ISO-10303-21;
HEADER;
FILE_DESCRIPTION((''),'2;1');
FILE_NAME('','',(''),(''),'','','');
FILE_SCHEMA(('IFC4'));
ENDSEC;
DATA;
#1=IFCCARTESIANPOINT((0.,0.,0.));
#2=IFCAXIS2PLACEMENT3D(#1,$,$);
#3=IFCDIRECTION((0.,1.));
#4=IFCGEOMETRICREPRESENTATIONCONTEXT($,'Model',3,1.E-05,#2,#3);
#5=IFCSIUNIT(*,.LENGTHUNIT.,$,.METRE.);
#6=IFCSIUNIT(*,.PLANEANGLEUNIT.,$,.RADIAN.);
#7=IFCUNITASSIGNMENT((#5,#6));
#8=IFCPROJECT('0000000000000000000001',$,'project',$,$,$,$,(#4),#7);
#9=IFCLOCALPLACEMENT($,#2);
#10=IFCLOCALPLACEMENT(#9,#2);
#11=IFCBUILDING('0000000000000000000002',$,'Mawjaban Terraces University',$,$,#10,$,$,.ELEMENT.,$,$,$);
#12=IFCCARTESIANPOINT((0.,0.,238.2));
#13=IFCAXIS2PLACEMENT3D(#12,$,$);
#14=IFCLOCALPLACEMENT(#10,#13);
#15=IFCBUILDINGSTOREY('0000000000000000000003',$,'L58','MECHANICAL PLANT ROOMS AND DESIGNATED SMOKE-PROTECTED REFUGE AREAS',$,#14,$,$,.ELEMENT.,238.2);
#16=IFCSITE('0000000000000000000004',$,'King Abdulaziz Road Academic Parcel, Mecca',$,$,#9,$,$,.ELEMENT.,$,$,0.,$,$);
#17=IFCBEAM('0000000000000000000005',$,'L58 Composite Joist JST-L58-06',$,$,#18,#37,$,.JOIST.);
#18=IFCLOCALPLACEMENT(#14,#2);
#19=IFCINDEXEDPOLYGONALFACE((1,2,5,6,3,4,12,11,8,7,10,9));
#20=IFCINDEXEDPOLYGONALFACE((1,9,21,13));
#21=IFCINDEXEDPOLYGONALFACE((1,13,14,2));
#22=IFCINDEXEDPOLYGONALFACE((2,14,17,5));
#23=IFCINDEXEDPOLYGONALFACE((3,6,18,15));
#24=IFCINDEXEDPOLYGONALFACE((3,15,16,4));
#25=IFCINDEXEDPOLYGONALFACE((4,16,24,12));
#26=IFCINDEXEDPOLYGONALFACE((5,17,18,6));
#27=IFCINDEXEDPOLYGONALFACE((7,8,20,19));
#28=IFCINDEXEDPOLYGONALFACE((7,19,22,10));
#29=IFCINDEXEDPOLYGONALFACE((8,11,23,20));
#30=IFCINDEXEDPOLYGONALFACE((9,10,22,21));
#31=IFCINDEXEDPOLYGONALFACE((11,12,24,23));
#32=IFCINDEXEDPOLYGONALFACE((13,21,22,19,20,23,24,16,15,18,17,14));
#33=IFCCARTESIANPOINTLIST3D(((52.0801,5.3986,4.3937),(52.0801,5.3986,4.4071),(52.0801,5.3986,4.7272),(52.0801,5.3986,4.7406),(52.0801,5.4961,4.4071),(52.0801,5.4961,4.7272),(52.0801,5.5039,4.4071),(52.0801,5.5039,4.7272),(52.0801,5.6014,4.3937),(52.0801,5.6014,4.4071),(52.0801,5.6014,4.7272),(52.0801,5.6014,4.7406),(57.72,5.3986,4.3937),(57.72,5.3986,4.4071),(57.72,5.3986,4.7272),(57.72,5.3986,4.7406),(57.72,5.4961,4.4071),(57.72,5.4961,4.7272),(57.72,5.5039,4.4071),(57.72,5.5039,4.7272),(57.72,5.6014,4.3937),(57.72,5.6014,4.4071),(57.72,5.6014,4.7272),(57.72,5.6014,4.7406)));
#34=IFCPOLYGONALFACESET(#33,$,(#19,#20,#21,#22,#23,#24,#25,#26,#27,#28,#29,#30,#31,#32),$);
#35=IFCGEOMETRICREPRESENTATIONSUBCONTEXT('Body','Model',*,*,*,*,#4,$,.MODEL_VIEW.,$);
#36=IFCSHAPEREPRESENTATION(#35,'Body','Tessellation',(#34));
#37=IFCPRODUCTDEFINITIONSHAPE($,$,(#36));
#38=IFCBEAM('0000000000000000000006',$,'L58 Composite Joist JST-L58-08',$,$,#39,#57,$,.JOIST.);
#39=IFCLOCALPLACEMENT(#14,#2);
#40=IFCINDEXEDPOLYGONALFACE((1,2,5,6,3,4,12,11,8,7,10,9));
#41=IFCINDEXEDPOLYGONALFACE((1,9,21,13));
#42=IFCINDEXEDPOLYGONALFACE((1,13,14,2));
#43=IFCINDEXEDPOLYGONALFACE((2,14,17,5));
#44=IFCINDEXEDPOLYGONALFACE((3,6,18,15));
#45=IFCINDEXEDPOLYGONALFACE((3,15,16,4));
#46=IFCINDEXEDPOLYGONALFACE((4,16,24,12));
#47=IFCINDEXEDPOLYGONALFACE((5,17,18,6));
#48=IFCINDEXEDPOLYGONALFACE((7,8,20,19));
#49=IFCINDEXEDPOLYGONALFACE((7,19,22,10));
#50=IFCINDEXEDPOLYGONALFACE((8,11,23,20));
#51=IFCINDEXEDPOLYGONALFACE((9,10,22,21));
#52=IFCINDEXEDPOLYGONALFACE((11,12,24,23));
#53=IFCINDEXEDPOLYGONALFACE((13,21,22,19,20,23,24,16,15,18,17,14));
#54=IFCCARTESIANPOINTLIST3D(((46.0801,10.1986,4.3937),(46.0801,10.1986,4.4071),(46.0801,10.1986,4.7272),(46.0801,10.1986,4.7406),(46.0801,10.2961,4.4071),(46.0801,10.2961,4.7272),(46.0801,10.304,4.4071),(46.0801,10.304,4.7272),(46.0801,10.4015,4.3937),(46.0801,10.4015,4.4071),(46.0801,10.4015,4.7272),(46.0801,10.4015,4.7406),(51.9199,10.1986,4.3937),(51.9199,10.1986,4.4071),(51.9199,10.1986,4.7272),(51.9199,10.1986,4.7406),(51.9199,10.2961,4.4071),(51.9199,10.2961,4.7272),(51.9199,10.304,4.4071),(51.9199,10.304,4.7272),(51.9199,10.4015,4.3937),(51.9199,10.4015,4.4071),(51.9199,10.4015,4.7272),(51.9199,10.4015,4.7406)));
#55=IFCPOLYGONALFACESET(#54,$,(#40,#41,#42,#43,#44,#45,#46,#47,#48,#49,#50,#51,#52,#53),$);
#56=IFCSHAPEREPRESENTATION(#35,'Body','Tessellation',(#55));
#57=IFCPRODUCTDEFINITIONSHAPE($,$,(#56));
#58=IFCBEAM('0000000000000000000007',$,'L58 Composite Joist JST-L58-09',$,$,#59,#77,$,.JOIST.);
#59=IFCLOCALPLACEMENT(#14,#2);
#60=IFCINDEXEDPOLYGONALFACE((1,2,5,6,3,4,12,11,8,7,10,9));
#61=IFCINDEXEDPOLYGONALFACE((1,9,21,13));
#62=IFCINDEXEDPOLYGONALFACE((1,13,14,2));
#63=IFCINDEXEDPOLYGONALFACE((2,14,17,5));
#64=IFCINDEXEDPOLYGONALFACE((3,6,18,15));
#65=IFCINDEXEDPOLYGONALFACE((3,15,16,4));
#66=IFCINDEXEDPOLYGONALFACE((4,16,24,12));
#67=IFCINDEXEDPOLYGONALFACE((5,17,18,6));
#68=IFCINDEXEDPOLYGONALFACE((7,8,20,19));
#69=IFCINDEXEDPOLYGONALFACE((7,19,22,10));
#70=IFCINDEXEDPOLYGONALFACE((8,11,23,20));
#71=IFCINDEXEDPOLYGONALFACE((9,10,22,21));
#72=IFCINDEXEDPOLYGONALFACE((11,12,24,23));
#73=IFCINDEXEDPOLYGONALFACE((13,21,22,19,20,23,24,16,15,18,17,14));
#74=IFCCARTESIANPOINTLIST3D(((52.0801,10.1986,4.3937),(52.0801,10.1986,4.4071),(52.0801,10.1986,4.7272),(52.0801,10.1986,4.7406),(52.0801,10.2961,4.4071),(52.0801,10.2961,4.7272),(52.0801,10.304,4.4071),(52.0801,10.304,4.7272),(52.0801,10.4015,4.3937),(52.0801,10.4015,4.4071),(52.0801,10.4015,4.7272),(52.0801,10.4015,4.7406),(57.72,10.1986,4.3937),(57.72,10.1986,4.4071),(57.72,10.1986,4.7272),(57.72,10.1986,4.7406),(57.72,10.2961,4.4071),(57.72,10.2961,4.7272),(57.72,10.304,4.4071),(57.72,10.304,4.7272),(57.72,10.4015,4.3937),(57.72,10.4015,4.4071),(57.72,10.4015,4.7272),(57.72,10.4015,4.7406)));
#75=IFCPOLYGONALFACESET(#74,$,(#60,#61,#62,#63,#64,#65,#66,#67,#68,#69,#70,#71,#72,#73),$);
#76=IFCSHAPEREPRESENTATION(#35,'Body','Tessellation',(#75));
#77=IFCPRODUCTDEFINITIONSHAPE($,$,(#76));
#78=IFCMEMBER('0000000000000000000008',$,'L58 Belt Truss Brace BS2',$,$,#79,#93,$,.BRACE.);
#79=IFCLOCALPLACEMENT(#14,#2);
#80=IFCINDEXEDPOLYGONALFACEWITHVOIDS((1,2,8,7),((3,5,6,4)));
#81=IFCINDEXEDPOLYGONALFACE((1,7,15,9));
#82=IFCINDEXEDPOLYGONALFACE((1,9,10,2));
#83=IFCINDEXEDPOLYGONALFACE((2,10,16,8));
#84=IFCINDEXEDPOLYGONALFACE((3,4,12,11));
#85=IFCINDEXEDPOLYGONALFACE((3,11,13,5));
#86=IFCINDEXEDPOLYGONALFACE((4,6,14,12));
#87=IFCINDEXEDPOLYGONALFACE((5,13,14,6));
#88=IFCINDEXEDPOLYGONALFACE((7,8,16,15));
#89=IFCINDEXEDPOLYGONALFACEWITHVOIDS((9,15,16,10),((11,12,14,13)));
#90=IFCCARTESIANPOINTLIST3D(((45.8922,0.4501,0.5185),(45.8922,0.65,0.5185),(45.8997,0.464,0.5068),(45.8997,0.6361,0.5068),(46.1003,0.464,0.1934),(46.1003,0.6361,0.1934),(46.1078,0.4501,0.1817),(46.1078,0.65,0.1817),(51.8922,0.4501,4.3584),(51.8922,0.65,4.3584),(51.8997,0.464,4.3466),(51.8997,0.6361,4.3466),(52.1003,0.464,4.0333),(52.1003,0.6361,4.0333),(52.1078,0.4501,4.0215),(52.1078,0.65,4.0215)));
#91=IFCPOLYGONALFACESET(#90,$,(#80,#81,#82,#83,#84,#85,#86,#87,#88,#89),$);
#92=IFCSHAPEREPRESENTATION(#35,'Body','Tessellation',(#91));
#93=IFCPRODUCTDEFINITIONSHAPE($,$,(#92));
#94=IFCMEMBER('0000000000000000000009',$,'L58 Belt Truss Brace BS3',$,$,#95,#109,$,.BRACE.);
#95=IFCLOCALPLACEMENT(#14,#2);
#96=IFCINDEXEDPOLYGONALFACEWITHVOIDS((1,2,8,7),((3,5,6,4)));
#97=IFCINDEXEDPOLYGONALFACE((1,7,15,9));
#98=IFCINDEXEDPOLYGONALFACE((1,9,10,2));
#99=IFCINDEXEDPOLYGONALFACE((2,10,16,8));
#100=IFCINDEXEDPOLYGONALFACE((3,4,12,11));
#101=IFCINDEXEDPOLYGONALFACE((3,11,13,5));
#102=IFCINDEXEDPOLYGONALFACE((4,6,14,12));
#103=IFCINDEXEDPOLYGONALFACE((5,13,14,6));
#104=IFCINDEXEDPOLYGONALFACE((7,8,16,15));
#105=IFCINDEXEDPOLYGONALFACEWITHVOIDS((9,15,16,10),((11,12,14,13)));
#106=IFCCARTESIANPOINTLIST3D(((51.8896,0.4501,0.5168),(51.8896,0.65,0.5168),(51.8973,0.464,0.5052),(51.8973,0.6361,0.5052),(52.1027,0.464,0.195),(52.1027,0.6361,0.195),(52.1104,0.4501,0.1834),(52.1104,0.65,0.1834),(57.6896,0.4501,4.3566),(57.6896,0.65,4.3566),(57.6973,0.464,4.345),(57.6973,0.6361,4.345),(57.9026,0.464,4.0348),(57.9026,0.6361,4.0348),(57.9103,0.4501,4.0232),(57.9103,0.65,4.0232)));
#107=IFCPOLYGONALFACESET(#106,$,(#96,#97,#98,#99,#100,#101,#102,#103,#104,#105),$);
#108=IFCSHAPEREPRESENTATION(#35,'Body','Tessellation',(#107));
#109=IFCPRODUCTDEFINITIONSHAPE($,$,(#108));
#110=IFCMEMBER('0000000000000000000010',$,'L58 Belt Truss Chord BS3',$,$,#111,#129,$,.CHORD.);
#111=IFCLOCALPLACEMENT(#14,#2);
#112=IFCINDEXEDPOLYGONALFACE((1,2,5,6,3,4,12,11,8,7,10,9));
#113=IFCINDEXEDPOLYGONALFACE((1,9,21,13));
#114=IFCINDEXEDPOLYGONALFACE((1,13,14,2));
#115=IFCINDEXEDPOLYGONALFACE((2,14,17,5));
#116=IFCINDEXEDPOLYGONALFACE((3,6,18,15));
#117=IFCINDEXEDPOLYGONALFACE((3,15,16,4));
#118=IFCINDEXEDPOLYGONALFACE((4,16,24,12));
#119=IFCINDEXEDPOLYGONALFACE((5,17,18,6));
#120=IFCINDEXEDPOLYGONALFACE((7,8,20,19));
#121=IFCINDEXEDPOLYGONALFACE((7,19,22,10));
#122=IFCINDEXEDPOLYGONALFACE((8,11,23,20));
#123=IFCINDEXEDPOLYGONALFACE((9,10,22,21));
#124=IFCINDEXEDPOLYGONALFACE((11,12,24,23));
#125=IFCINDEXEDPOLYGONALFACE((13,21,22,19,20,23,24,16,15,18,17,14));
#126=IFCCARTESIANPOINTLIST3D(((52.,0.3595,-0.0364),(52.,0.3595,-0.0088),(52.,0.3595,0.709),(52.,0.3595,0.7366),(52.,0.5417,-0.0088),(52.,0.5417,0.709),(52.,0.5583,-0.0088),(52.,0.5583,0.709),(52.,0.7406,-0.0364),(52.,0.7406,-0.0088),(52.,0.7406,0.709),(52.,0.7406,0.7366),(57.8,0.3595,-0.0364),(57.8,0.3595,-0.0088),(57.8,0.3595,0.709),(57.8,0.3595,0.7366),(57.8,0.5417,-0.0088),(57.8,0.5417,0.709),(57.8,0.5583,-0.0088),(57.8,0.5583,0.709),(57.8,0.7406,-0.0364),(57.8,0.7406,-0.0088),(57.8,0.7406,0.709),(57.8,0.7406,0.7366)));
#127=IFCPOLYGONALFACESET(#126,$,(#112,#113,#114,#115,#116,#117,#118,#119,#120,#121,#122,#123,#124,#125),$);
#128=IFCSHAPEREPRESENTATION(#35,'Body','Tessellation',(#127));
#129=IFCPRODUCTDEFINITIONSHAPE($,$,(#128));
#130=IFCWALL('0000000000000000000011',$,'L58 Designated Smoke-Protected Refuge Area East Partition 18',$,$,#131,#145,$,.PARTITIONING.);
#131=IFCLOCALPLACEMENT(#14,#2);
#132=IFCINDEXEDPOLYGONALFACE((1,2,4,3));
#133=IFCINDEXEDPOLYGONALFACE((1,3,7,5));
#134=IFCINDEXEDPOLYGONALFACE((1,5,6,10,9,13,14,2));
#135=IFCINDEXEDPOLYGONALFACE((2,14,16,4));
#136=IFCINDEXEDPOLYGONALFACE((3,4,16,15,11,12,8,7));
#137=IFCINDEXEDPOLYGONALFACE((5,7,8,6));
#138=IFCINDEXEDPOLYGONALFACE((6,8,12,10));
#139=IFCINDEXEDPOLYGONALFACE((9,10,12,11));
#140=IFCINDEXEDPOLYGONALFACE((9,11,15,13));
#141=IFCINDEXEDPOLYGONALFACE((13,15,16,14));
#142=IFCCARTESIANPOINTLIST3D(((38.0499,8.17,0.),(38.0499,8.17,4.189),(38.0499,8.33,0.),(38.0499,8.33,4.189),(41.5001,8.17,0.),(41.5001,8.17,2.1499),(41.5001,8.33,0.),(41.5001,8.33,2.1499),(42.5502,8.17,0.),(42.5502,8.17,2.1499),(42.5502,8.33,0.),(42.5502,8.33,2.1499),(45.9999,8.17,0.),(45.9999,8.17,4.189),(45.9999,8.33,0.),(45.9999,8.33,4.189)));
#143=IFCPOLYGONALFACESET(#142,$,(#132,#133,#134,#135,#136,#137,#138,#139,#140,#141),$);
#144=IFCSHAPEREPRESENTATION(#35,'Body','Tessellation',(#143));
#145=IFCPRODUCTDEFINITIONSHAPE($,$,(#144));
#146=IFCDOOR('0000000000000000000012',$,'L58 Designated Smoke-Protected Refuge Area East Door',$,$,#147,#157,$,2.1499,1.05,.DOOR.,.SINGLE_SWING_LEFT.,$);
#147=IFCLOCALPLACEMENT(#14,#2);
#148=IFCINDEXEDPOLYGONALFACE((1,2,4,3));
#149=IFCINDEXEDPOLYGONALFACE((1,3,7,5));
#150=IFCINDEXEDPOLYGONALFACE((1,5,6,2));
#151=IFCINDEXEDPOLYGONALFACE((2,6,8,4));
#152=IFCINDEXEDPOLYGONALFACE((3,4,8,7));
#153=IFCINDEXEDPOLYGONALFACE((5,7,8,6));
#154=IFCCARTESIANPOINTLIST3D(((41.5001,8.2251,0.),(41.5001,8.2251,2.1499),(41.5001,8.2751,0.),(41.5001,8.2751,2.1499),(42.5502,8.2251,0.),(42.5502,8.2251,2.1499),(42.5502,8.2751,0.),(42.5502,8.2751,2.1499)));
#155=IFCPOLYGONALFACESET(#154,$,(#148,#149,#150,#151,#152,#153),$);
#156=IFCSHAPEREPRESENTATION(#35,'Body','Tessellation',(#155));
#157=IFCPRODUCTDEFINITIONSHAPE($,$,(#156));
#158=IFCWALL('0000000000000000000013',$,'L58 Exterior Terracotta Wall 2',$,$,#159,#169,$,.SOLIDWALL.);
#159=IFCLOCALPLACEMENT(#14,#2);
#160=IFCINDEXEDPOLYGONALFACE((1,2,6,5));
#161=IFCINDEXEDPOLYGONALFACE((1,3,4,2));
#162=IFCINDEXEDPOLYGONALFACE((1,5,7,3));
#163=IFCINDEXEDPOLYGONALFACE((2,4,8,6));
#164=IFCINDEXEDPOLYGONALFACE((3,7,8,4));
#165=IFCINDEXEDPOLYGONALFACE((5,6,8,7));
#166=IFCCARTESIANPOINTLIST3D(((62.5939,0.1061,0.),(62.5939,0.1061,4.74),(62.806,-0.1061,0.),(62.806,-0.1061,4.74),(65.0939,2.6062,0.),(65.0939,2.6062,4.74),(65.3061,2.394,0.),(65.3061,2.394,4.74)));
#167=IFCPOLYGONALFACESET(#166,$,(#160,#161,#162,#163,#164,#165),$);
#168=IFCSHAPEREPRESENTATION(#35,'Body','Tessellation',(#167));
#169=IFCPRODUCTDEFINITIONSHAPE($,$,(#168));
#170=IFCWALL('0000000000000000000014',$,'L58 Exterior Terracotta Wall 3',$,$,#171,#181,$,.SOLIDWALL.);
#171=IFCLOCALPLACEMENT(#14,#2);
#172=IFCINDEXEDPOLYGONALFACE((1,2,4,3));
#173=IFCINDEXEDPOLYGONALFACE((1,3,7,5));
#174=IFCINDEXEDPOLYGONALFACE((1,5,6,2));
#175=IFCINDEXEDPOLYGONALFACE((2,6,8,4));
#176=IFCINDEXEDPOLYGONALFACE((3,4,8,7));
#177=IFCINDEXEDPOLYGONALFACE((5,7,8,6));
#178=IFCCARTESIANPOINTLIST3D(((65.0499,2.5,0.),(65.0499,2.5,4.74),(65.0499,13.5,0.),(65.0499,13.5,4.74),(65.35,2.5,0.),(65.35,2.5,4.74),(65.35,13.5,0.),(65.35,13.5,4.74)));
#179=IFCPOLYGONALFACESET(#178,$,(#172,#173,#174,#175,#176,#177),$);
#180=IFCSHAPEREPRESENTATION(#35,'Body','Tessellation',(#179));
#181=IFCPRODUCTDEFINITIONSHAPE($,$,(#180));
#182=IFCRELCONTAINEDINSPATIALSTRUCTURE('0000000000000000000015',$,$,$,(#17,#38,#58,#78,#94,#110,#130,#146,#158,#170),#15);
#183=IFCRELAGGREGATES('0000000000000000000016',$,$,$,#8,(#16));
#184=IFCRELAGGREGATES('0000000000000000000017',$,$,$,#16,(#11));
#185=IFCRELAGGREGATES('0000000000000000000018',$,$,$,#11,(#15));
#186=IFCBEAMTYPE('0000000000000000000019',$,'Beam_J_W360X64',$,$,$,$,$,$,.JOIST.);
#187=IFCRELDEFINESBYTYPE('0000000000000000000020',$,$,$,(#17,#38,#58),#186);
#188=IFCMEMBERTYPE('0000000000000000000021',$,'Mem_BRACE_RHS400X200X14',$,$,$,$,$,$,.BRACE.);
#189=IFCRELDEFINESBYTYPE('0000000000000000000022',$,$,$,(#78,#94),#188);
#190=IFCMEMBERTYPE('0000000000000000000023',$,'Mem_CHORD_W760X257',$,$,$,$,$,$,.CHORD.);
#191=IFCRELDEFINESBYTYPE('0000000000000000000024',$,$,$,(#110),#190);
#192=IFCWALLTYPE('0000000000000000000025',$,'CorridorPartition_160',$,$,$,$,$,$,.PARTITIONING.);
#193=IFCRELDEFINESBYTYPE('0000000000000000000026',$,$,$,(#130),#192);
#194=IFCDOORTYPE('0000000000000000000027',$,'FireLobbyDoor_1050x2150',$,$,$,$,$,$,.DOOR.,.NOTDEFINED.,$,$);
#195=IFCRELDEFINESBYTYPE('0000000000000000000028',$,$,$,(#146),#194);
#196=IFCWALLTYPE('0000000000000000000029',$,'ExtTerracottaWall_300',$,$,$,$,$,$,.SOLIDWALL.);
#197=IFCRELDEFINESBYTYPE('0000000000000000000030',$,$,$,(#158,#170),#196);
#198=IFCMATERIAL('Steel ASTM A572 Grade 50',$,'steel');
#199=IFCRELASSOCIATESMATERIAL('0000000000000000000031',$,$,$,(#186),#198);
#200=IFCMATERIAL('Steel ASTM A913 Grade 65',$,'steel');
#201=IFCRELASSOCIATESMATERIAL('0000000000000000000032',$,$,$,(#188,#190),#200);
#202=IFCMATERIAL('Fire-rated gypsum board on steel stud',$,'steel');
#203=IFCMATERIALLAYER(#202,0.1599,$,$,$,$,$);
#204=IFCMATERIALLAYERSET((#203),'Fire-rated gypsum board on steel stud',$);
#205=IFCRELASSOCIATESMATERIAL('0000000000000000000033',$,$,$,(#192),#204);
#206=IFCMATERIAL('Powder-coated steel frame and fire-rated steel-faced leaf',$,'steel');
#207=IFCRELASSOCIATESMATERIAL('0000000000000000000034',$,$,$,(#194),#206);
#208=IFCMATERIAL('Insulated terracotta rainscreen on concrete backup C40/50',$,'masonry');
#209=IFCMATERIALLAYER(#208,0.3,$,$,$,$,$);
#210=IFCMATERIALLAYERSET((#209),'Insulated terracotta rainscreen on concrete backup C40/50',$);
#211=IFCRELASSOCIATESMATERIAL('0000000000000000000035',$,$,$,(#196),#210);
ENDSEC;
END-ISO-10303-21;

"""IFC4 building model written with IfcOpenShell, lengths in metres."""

from ifc_helpers import new_model, si_unit, direction, frame, frame_2d, origin, origin_2d, place, context, subcontext, project, spatial, rectangle, hollow_rectangle, i_section, extrude, material, layer, layer_set, material_profile, profile_set, type_object, element, fill, save


model = new_model("IFC4")

# Units and contexts
model_context = context("Model", 3, precision=1e-05, world=origin(), true_north=direction((0.0, 1.0)))
body_context = subcontext(model_context, "Body", "Model", "MODEL_VIEW")
ifc_project = project(units=[si_unit("LENGTHUNIT", "METRE"), si_unit("PLANEANGLEUNIT", "RADIAN")], contexts=[model_context])

# Site, building, storey
site_placement = place(None, origin())
site = spatial("IfcSite", under=ifc_project, at=site_placement, Name="King Abdulaziz Road Academic Parcel, Mecca", CompositionType="ELEMENT", RefElevation=0.0)
building_placement = place(site_placement, origin())
building = spatial("IfcBuilding", under=site, at=building_placement, Name="Mawjaban Terraces University", CompositionType="ELEMENT")
storey_placement = place(building_placement, frame((0.0, 0.0, 238.2)))
storey = spatial("IfcBuildingStorey", under=building, at=storey_placement, Name="L58", Description="MECHANICAL PLANT ROOMS AND DESIGNATED SMOKE-PROTECTED REFUGE AREAS", CompositionType="ELEMENT", Elevation=238.2)

# Beams
ifc_material_1 = material(Name="Steel ASTM A572 Grade 50", Category="steel")
ifc_material_profile_1 = material_profile(ifc_material_1, i_section(OverallWidth=0.2029, OverallDepth=0.3469, WebThickness=0.0078, FlangeThickness=0.0134, at=origin_2d()), Name="W360X64")
ifc_profile_set_1 = profile_set([ifc_material_profile_1], Name="Steel ASTM A572 Grade 50")
beam_type_1 = type_object("IfcBeamType", Name="Beam_J_W360X64", PredefinedType="JOIST", material=ifc_profile_set_1)
beam_1_placement = place(storey_placement, frame((52.0801, 5.5, 4.5671), z_axis=(1.0, 0.0, 0.0), x_axis=(0.0, 1.0, 0.0)))
element("IfcBeam", 1, at=beam_1_placement, inside=storey, type_object=beam_type_1, Name="L58 Composite Joist JST-L58-06", PredefinedType="JOIST", context=body_context, shape_type="SweptSolid", body=[
    extrude(i_section(OverallWidth=0.2029, OverallDepth=0.3469, WebThickness=0.0078, FlangeThickness=0.0134, at=origin_2d()), origin(), (0.0, 0.0, 1.0), 5.6399),
])
beam_2_placement = place(storey_placement, frame((46.0801, 10.3, 4.5671), z_axis=(1.0, 0.0, 0.0), x_axis=(0.0, 1.0, 0.0)))
element("IfcBeam", 2, at=beam_2_placement, inside=storey, type_object=beam_type_1, Name="L58 Composite Joist JST-L58-08", PredefinedType="JOIST", context=body_context, shape_type="SweptSolid", body=[
    extrude(i_section(OverallWidth=0.2029, OverallDepth=0.3469, WebThickness=0.0078, FlangeThickness=0.0134, at=origin_2d()), origin(), (0.0, 0.0, 1.0), 5.8398),
])
beam_3_placement = place(storey_placement, frame((52.0801, 10.3, 4.5671), z_axis=(1.0, 0.0, 0.0), x_axis=(0.0, 1.0, 0.0)))
element("IfcBeam", 3, at=beam_3_placement, inside=storey, type_object=beam_type_1, Name="L58 Composite Joist JST-L58-09", PredefinedType="JOIST", context=body_context, shape_type="SweptSolid", body=[
    extrude(i_section(OverallWidth=0.2029, OverallDepth=0.3469, WebThickness=0.0078, FlangeThickness=0.0134, at=origin_2d()), origin(), (0.0, 0.0, 1.0), 5.6399),
])

# Members
ifc_material_2 = material(Name="Steel ASTM A913 Grade 65", Category="steel")
ifc_material_profile_2 = material_profile(ifc_material_2, hollow_rectangle(XDim=0.2, YDim=0.3999, WallThickness=0.0139, at=origin_2d()), Name="RHS400X200X14")
ifc_profile_set_2 = profile_set([ifc_material_profile_2], Name="Steel ASTM A913 Grade 65")
member_type_1 = type_object("IfcMemberType", Name="Mem_BRACE_RHS400X200X14", PredefinedType="BRACE", material=ifc_profile_set_2)
member_1_placement = place(storey_placement, frame((46.0, 0.55, 0.3501), z_axis=(0.842281, 0.0, 0.539038), x_axis=(0.0, 1.0, 0.0)))
element("IfcMember", 4, at=member_1_placement, inside=storey, type_object=member_type_1, Name="L58 Belt Truss Brace BS2", PredefinedType="BRACE", context=body_context, shape_type="SweptSolid", body=[
    extrude(hollow_rectangle(XDim=0.2, YDim=0.3999, WallThickness=0.0139, at=origin_2d()), origin(), (0.0, 0.0, 1.0), 7.1235),
])
member_2_placement = place(storey_placement, frame((52.0, 0.55, 0.3501), z_axis=(0.833828, 0.0, 0.552024), x_axis=(0.0, 1.0, 0.0)))
element("IfcMember", 5, at=member_2_placement, inside=storey, type_object=member_type_1, Name="L58 Belt Truss Brace BS3", PredefinedType="BRACE", context=body_context, shape_type="SweptSolid", body=[
    extrude(hollow_rectangle(XDim=0.2, YDim=0.3999, WallThickness=0.0139, at=origin_2d()), origin(), (0.0, 0.0, 1.0), 6.9558),
])
ifc_material_profile_3 = material_profile(ifc_material_2, i_section(OverallWidth=0.3811, OverallDepth=0.7729, WebThickness=0.0166, FlangeThickness=0.0276, at=origin_2d()), Name="W760X257")
ifc_profile_set_3 = profile_set([ifc_material_profile_3], Name="Steel ASTM A913 Grade 65")
member_type_2 = type_object("IfcMemberType", Name="Mem_CHORD_W760X257", PredefinedType="CHORD", material=ifc_profile_set_3)
member_3_placement = place(storey_placement, frame((52.0, 0.55, 0.3501), z_axis=(1.0, 0.0, 0.0), x_axis=(0.0, 1.0, 0.0)))
element("IfcMember", 6, at=member_3_placement, inside=storey, type_object=member_type_2, Name="L58 Belt Truss Chord BS3", PredefinedType="CHORD", context=body_context, shape_type="SweptSolid", body=[
    extrude(i_section(OverallWidth=0.3811, OverallDepth=0.7729, WebThickness=0.0166, FlangeThickness=0.0276, at=origin_2d()), origin(), (0.0, 0.0, 1.0), 5.8),
])

# Wall, opening, door
ifc_material_3 = material(Name="Fire-rated gypsum board on steel stud", Category="steel")
ifc_layer_1 = layer(ifc_material_3, 0.1599)
ifc_layer_set_1 = layer_set([ifc_layer_1], Name="Fire-rated gypsum board on steel stud")
wall_type_1 = type_object("IfcWallType", Name="CorridorPartition_160", PredefinedType="PARTITIONING", material=ifc_layer_set_1)
wall_1_placement = place(storey_placement, frame((46.0, 8.25, 0.0), z_axis=(0.0, 0.0, 1.0), x_axis=(-1.0, 0.0, 0.0)))
wall_1 = element("IfcWall", 7, at=wall_1_placement, inside=storey, type_object=wall_type_1, Name="L58 Designated Smoke-Protected Refuge Area East Partition 18", PredefinedType="PARTITIONING", context=body_context, shape_type="SweptSolid", body=[
    extrude(rectangle(XDim=7.95, YDim=0.1599, at=frame_2d((3.9751, 0.0))), origin(), (0.0, 0.0, 1.0), 4.189),
])
opening_1_placement = place(wall_1_placement, frame((3.45, 0.0, 0.0)))
opening_1 = element("IfcOpeningElement", 8, at=opening_1_placement, cuts=wall_1, PredefinedType="OPENING", context=body_context, shape_type="SweptSolid", body=[
    extrude(rectangle(XDim=1.05, YDim=2.1499, at=frame_2d((0.5249, 1.075))), frame((0.0, 0.0898, 0.0), z_axis=(0.0, -1.0, 0.0), x_axis=(1.0, 0.0, 0.0)), (0.0, 0.0, 1.0), 0.1799),
])
ifc_material_4 = material(Name="Powder-coated steel frame and fire-rated steel-faced leaf", Category="steel")
door_type_1 = type_object("IfcDoorType", Name="FireLobbyDoor_1050x2150", OperationType="NOTDEFINED", PredefinedType="DOOR", material=ifc_material_4)
door_1_placement = place(opening_1_placement, origin())
door_1 = element("IfcDoor", 9, at=door_1_placement, inside=storey, type_object=door_type_1, Name="L58 Designated Smoke-Protected Refuge Area East Door", OperationType="SINGLE_SWING_LEFT", OverallHeight=2.1499, OverallWidth=1.05, PredefinedType="DOOR", context=body_context, shape_type="SweptSolid", body=[
    extrude(rectangle(XDim=1.05, YDim=2.1499, at=frame_2d((0.5249, 1.075))), frame((0.0, 0.0249, 0.0), z_axis=(0.0, -1.0, 0.0), x_axis=(1.0, 0.0, 0.0)), (0.0, 0.0, 1.0), 0.05),
])
fill(opening_1, door_1)

# Walls
ifc_material_5 = material(Name="Insulated terracotta rainscreen on concrete backup C40/50", Category="masonry")
ifc_layer_2 = layer(ifc_material_5, 0.3)
ifc_layer_set_2 = layer_set([ifc_layer_2], Name="Insulated terracotta rainscreen on concrete backup C40/50")
wall_type_2 = type_object("IfcWallType", Name="ExtTerracottaWall_300", PredefinedType="SOLIDWALL", material=ifc_layer_set_2)
wall_2_placement = place(storey_placement, frame((62.7, 0.0, 0.0), z_axis=(0.0, 0.0, 1.0), x_axis=(0.707107, 0.707107, 0.0)))
element("IfcWall", 10, at=wall_2_placement, inside=storey, type_object=wall_type_2, Name="L58 Exterior Terracotta Wall 2", PredefinedType="SOLIDWALL", context=body_context, shape_type="SweptSolid", body=[
    extrude(rectangle(XDim=3.5356, YDim=0.3, at=frame_2d((1.7678, 0.0))), origin(), (0.0, 0.0, 1.0), 4.74),
])
wall_3_placement = place(storey_placement, frame((65.2, 2.5, 0.0), z_axis=(0.0, 0.0, 1.0), x_axis=(0.0, 1.0, 0.0)))
element("IfcWall", 11, at=wall_3_placement, inside=storey, type_object=wall_type_2, Name="L58 Exterior Terracotta Wall 3", PredefinedType="SOLIDWALL", context=body_context, shape_type="SweptSolid", body=[
    extrude(rectangle(XDim=11.0, YDim=0.3, at=frame_2d((5.5, 0.0))), origin(), (0.0, 0.0, 1.0), 4.74),
])

save(model, "model.ifc")
